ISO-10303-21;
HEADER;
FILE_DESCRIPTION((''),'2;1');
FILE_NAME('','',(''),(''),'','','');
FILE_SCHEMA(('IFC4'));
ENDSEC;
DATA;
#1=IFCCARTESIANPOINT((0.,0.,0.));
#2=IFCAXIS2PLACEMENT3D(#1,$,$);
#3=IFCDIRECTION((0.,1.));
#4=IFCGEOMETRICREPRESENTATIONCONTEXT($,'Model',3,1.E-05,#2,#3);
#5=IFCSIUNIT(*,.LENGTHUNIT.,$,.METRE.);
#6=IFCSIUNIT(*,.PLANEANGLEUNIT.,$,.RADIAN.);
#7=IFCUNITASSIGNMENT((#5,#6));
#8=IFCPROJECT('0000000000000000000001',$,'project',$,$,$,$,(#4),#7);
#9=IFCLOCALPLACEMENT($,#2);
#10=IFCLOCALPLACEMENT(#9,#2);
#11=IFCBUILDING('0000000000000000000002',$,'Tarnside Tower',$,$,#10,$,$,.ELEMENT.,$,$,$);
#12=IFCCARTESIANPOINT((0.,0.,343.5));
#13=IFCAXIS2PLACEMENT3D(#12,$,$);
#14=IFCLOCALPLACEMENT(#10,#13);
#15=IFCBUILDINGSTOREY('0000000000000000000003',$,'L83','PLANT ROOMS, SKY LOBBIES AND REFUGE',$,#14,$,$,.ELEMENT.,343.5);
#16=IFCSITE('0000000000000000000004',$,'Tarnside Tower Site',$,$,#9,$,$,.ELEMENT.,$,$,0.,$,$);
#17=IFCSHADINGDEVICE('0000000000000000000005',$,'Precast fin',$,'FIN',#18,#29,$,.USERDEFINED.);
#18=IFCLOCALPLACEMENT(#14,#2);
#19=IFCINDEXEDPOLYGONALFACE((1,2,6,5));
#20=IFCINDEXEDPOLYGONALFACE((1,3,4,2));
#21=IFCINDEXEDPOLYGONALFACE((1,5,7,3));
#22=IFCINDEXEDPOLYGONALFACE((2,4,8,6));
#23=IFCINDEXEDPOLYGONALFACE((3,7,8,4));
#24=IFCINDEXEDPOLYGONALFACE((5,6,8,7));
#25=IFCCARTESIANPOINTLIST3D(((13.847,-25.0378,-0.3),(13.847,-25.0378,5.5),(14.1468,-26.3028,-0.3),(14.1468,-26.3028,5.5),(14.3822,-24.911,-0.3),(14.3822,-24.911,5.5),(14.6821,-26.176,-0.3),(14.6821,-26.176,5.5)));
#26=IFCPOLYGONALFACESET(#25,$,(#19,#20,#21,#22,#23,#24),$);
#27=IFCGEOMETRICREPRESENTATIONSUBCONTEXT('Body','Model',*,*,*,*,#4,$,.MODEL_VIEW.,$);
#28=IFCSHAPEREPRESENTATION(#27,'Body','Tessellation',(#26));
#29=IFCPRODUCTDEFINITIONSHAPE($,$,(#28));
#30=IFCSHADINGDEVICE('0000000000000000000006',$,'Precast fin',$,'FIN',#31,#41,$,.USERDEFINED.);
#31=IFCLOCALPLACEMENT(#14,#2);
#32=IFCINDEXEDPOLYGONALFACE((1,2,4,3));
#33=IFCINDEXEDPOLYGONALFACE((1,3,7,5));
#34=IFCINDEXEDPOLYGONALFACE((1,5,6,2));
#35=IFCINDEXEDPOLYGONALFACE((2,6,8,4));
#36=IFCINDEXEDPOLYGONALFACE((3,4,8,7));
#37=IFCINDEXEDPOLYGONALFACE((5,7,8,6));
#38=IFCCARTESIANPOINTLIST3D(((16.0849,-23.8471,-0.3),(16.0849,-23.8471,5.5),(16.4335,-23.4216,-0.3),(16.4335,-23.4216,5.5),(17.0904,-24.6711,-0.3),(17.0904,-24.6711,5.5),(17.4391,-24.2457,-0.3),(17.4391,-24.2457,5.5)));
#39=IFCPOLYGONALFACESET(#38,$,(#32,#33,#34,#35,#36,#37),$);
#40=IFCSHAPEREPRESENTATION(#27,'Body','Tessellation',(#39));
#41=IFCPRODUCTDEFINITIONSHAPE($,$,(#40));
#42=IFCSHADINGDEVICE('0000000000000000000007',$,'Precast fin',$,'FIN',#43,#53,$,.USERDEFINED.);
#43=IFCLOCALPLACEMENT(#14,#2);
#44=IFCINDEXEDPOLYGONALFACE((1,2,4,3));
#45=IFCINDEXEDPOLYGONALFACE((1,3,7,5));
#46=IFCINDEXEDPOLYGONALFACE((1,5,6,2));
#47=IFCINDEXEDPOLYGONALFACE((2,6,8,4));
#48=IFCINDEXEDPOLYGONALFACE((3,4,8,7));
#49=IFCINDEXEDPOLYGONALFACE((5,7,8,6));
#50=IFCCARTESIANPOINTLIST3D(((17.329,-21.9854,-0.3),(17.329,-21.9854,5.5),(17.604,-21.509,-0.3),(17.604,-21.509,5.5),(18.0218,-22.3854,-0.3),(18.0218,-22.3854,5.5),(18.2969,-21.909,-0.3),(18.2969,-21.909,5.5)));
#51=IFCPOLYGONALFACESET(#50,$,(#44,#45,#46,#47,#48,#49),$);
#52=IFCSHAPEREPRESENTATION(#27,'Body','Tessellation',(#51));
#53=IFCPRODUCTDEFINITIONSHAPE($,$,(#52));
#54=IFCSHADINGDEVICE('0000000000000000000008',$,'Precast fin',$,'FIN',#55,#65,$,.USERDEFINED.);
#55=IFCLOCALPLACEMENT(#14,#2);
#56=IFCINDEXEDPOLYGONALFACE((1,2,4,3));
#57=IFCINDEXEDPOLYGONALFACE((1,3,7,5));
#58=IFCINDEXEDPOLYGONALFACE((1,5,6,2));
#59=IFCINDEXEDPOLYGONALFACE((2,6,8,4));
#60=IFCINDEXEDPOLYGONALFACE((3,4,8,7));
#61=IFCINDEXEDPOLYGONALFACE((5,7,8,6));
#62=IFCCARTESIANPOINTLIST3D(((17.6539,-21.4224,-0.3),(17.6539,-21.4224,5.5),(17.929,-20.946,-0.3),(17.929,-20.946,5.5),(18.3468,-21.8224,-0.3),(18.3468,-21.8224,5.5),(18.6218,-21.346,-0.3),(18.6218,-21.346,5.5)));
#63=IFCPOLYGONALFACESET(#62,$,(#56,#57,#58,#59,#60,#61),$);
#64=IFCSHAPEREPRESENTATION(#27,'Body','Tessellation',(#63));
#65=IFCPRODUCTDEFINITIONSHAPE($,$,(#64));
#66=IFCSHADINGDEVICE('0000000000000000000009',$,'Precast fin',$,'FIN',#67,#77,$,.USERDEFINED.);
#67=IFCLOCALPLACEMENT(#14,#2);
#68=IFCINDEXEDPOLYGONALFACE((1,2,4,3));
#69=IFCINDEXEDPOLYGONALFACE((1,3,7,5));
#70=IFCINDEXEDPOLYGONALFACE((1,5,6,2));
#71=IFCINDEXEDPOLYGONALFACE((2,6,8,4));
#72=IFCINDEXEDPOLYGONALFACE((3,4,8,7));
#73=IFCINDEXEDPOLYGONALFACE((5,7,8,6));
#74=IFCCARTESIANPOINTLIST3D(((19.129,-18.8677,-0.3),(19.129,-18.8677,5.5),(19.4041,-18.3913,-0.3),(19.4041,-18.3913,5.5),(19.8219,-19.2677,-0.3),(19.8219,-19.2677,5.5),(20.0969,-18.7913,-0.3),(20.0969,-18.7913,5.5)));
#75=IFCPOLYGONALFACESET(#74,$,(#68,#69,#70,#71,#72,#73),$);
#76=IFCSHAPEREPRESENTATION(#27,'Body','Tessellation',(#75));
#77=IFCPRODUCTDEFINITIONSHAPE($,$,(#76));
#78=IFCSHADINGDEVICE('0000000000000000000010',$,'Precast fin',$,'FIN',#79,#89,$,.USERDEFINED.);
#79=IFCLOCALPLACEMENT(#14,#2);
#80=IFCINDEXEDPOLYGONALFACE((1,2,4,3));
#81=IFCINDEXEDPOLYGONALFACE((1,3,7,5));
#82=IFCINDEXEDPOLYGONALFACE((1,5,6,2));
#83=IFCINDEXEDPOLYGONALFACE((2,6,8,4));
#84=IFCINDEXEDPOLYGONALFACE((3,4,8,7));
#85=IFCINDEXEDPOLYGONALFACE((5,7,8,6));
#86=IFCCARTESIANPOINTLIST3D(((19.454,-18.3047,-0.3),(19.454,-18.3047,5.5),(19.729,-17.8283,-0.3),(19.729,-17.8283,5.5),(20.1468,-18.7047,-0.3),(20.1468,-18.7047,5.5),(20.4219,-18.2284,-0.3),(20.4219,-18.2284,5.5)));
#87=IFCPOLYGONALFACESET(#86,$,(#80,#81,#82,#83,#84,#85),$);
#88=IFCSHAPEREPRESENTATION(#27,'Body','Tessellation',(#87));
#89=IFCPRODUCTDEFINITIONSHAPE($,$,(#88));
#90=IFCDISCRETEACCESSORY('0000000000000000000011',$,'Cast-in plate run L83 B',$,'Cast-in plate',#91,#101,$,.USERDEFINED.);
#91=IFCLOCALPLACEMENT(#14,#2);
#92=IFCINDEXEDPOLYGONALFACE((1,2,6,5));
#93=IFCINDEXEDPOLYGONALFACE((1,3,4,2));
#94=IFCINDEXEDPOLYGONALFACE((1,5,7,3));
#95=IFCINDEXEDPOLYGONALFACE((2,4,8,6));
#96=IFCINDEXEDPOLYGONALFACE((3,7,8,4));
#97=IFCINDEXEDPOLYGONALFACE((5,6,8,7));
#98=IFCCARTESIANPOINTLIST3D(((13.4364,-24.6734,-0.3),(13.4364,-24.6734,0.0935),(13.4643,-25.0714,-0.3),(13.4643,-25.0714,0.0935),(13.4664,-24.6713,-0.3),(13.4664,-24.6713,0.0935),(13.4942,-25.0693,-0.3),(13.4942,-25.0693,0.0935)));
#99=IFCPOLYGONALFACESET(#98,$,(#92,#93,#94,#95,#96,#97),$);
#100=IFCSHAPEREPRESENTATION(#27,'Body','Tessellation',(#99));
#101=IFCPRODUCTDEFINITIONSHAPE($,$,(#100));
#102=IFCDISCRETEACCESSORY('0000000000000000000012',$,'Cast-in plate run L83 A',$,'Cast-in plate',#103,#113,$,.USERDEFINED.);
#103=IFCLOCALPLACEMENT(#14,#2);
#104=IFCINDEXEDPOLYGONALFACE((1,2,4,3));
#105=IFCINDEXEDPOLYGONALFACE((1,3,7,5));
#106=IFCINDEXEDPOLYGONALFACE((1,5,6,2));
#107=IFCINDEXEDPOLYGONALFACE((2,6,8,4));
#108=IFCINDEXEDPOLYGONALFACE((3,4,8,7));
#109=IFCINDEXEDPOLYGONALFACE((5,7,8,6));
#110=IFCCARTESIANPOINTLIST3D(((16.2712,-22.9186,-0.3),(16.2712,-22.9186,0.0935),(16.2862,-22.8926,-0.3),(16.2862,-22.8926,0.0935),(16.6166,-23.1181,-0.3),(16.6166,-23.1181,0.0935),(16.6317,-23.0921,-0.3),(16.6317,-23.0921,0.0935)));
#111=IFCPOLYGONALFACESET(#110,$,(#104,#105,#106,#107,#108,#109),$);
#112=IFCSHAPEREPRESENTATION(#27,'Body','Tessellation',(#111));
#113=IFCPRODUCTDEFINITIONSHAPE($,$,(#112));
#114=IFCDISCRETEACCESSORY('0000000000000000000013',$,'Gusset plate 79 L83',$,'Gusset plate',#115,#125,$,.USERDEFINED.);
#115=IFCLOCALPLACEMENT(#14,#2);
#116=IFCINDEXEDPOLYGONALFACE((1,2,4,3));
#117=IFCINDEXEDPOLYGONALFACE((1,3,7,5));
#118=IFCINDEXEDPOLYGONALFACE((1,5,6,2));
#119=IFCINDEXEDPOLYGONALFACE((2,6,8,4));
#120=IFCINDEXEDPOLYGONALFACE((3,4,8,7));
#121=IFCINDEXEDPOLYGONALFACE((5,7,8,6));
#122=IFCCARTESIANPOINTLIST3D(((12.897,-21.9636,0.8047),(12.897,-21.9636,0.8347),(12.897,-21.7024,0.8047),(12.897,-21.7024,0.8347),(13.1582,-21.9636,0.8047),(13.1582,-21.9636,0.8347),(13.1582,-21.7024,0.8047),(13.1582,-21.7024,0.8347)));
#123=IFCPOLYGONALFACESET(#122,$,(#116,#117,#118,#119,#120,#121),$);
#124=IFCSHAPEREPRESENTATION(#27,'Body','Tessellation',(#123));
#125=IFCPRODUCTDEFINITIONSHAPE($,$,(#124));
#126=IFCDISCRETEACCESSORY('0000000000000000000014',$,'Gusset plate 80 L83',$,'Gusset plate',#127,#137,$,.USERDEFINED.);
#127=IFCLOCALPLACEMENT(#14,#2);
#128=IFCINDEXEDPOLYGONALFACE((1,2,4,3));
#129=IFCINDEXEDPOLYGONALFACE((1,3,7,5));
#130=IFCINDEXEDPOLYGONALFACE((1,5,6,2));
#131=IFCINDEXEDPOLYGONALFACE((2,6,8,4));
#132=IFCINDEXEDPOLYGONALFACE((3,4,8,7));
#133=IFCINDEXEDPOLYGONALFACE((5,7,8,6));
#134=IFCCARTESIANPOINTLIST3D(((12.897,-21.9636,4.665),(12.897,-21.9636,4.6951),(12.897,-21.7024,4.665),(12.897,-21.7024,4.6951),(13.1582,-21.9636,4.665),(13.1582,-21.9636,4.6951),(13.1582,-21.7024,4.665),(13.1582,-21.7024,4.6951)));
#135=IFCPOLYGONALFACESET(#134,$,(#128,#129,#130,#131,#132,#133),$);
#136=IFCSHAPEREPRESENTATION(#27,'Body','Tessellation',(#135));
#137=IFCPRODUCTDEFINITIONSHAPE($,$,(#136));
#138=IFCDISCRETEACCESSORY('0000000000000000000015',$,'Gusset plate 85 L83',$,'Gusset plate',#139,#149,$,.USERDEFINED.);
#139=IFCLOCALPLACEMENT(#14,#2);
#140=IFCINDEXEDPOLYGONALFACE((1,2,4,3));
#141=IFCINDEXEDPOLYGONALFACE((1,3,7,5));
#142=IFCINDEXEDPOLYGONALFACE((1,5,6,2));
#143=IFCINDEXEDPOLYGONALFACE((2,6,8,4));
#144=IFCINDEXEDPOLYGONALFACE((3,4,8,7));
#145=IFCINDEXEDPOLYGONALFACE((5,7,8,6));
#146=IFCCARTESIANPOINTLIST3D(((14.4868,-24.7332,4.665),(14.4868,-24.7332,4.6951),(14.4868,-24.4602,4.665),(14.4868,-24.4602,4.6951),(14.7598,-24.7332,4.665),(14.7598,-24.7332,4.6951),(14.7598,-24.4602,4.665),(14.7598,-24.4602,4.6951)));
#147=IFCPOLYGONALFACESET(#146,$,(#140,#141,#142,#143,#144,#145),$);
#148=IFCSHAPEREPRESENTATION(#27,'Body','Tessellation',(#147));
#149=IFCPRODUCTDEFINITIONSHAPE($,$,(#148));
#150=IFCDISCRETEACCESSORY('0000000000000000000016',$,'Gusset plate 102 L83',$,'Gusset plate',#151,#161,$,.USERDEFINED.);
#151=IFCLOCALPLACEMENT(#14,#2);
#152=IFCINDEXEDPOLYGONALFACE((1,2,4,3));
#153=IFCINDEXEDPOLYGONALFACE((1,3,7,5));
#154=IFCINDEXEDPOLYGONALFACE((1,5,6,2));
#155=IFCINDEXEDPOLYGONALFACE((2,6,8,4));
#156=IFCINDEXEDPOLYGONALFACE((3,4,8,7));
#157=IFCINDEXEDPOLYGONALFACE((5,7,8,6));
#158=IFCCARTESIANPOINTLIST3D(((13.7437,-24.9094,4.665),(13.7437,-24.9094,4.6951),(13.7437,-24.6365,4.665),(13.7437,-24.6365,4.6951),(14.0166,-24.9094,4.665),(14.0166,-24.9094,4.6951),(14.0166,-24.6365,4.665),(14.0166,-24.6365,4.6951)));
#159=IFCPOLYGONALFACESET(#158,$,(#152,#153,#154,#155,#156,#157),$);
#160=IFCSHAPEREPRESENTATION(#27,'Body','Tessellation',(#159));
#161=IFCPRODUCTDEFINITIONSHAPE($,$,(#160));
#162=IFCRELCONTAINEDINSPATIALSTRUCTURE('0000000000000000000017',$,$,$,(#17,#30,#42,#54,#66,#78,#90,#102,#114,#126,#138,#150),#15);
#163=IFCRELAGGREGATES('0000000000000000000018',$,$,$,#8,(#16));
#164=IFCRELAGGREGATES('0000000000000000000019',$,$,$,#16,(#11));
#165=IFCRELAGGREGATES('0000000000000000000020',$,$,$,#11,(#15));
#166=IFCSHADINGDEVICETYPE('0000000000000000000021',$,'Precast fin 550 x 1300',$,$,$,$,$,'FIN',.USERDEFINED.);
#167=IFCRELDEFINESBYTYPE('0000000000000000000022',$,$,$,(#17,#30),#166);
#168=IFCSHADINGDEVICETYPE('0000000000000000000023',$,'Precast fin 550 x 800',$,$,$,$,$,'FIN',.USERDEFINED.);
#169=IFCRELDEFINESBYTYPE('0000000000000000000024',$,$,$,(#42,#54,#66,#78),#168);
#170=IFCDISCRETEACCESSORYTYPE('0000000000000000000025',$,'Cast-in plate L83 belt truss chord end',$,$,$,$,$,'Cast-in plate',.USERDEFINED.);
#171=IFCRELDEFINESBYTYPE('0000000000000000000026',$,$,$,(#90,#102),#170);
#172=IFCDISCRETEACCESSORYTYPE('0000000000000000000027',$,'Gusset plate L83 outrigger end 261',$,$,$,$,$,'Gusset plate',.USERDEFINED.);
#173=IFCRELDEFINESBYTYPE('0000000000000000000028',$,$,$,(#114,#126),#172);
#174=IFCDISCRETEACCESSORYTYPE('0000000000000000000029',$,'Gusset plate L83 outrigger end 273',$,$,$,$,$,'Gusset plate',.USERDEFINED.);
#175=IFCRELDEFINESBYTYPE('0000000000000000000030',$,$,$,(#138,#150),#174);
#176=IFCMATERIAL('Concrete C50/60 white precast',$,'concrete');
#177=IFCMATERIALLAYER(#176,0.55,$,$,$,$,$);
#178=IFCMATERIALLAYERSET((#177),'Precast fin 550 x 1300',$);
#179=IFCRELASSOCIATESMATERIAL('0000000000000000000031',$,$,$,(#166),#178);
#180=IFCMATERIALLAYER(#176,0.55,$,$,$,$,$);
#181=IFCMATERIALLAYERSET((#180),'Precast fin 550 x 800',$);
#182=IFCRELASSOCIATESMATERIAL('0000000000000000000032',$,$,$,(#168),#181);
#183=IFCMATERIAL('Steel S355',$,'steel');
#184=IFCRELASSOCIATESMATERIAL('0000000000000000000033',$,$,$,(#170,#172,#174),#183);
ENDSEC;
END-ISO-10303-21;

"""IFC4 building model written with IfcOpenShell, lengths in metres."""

from ifc_helpers import new_model, si_unit, direction, frame, origin, origin_2d, place, context, subcontext, project, spatial, polyline, rectangle, outline, extrude, material, layer, layer_set, type_object, element, save


model = new_model("IFC4")

# Units and contexts
model_context = context("Model", 3, precision=1e-05, world=origin(), true_north=direction((0.0, 1.0)))
body_context = subcontext(model_context, "Body", "Model", "MODEL_VIEW")
ifc_project = project(units=[si_unit("LENGTHUNIT", "METRE"), si_unit("PLANEANGLEUNIT", "RADIAN")], contexts=[model_context])

# Site, building, storey
site_placement = place(None, origin())
site = spatial("IfcSite", under=ifc_project, at=site_placement, Name="Tarnside Tower Site", CompositionType="ELEMENT", RefElevation=0.0)
building_placement = place(site_placement, origin())
building = spatial("IfcBuilding", under=site, at=building_placement, Name="Tarnside Tower", CompositionType="ELEMENT")
storey_placement = place(building_placement, frame((0.0, 0.0, 343.5)))
storey = spatial("IfcBuildingStorey", under=building, at=storey_placement, Name="L83", Description="PLANT ROOMS, SKY LOBBIES AND REFUGE", CompositionType="ELEMENT", Elevation=343.5)

# Shared definitions
ifc_material_1 = material(Name="Steel S355", Category="steel")

# Shading devices
ifc_material_2 = material(Name="Concrete C50/60 white precast", Category="concrete")
ifc_layer_1 = layer(ifc_material_2, 0.55)
ifc_layer_set_1 = layer_set([ifc_layer_1], Name="Precast fin 550 x 1300")
shading_device_type_1 = type_object("IfcShadingDeviceType", Name="Precast fin 550 x 1300", ElementType="FIN", PredefinedType="USERDEFINED", material=ifc_layer_set_1)
for number, where, z_axis, x_axis, name in (
    (1, (14.1147, -24.9744, -0.3), (-0.973045, -0.230616, 0.0), (0.230616, -0.973045, 0.0), "Precast fin"),
    (2, (16.2593, -23.6343, -0.3), (-0.633831, -0.773472, 0.0), (0.773472, -0.633831, 0.0), "Precast fin"),
):
    element("IfcShadingDevice", number, at=place(storey_placement, frame(where, z_axis=z_axis, x_axis=x_axis)), inside=storey, type_object=shading_device_type_1, Name=name, ObjectType="FIN", PredefinedType="USERDEFINED", context=body_context, shape_type="SweptSolid", body=[
        extrude(outline(polyline([(0.0, 0.0), (1.3, 0.0), (1.3, 5.8), (0.0, 5.8), (0.0, 0.0)])), frame((0.0, 0.0, -0.2749)), (0.0, 0.0, 1.0), 0.55),
    ])
ifc_layer_2 = layer(ifc_material_2, 0.55)
ifc_layer_set_2 = layer_set([ifc_layer_2], Name="Precast fin 550 x 800")
shading_device_type_2 = type_object("IfcShadingDeviceType", Name="Precast fin 550 x 800", ElementType="FIN", PredefinedType="USERDEFINED", material=ifc_layer_set_2)
for number, where, z_axis, x_axis, name in (
    (3, (17.4666, -21.7471, -0.3), (-0.5, -0.866025, 0.0), (0.866025, -0.5, 0.0), "Precast fin"),
    (4, (17.7915, -21.1841, -0.3), (-0.5, -0.866025, 0.0), (0.866025, -0.5, 0.0), "Precast fin"),
    (5, (19.2666, -18.6294, -0.3), (-0.5, -0.866025, 0.0), (0.866025, -0.5, 0.0), "Precast fin"),
    (6, (19.5916, -18.0664, -0.3), (-0.5, -0.866025, 0.0), (0.866025, -0.5, 0.0), "Precast fin"),
):
    element("IfcShadingDevice", number, at=place(storey_placement, frame(where, z_axis=z_axis, x_axis=x_axis)), inside=storey, type_object=shading_device_type_2, Name=name, ObjectType="FIN", PredefinedType="USERDEFINED", context=body_context, shape_type="SweptSolid", body=[
        extrude(outline(polyline([(0.0, 0.0), (0.8, 0.0), (0.8, 5.8), (0.0, 5.8), (0.0, 0.0)])), frame((0.0, 0.0, -0.2749)), (0.0, 0.0, 1.0), 0.55),
    ])

# Discrete accessories
discrete_accessory_type_1 = type_object("IfcDiscreteAccessoryType", Name="Cast-in plate L83 belt truss chord end", ElementType="Cast-in plate", PredefinedType="USERDEFINED", material=ifc_material_1)
for number, where, z_axis, x_axis, name in (
    (7, (13.4653, -24.8713, -0.3), (0.0, 0.0, 1.0), (0.997564, 0.069756, 0.0), "Cast-in plate run L83 B"),
    (8, (16.4514, -23.0054, -0.3), (0.0, 0.0, 1.0), (0.5, 0.866025, 0.0), "Cast-in plate run L83 A"),
):
    element("IfcDiscreteAccessory", number, at=place(storey_placement, frame(where, z_axis=z_axis, x_axis=x_axis)), inside=storey, type_object=discrete_accessory_type_1, Name=name, ObjectType="Cast-in plate", PredefinedType="USERDEFINED", context=body_context, shape_type="SweptSolid", body=[
        extrude(rectangle(XDim=0.03, YDim=0.3989, at=origin_2d()), origin(), (0.0, 0.0, 1.0), 0.3936),
    ])
discrete_accessory_type_2 = type_object("IfcDiscreteAccessoryType", Name="Gusset plate L83 outrigger end 261", ElementType="Gusset plate", PredefinedType="USERDEFINED", material=ifc_material_1)
for number, where, z_axis, x_axis, name in (
    (9, (13.0276, -21.833, 0.8047), (0.0, 0.0, 1.0), (1.0, 0.0, 0.0), "Gusset plate 79 L83"),
    (10, (13.0276, -21.833, 4.665), (0.0, 0.0, 1.0), (1.0, 0.0, 0.0), "Gusset plate 80 L83"),
):
    element("IfcDiscreteAccessory", number, at=place(storey_placement, frame(where, z_axis=z_axis, x_axis=x_axis)), inside=storey, type_object=discrete_accessory_type_2, Name=name, ObjectType="Gusset plate", PredefinedType="USERDEFINED", context=body_context, shape_type="SweptSolid", body=[
        extrude(rectangle(XDim=0.2612, YDim=0.2612, at=origin_2d()), origin(), (0.0, 0.0, 1.0), 0.03),
    ])
discrete_accessory_type_3 = type_object("IfcDiscreteAccessoryType", Name="Gusset plate L83 outrigger end 273", ElementType="Gusset plate", PredefinedType="USERDEFINED", material=ifc_material_1)
for number, where, z_axis, x_axis, name in (
    (11, (14.6233, -24.5967, 4.665), (0.0, 0.0, 1.0), (1.0, 0.0, 0.0), "Gusset plate 85 L83"),
    (12, (13.8801, -24.7729, 4.665), (0.0, 0.0, 1.0), (1.0, 0.0, 0.0), "Gusset plate 102 L83"),
):
    element("IfcDiscreteAccessory", number, at=place(storey_placement, frame(where, z_axis=z_axis, x_axis=x_axis)), inside=storey, type_object=discrete_accessory_type_3, Name=name, ObjectType="Gusset plate", PredefinedType="USERDEFINED", context=body_context, shape_type="SweptSolid", body=[
        extrude(rectangle(XDim=0.2729, YDim=0.2729, at=origin_2d()), origin(), (0.0, 0.0, 1.0), 0.03),
    ])

save(model, "model.ifc")
